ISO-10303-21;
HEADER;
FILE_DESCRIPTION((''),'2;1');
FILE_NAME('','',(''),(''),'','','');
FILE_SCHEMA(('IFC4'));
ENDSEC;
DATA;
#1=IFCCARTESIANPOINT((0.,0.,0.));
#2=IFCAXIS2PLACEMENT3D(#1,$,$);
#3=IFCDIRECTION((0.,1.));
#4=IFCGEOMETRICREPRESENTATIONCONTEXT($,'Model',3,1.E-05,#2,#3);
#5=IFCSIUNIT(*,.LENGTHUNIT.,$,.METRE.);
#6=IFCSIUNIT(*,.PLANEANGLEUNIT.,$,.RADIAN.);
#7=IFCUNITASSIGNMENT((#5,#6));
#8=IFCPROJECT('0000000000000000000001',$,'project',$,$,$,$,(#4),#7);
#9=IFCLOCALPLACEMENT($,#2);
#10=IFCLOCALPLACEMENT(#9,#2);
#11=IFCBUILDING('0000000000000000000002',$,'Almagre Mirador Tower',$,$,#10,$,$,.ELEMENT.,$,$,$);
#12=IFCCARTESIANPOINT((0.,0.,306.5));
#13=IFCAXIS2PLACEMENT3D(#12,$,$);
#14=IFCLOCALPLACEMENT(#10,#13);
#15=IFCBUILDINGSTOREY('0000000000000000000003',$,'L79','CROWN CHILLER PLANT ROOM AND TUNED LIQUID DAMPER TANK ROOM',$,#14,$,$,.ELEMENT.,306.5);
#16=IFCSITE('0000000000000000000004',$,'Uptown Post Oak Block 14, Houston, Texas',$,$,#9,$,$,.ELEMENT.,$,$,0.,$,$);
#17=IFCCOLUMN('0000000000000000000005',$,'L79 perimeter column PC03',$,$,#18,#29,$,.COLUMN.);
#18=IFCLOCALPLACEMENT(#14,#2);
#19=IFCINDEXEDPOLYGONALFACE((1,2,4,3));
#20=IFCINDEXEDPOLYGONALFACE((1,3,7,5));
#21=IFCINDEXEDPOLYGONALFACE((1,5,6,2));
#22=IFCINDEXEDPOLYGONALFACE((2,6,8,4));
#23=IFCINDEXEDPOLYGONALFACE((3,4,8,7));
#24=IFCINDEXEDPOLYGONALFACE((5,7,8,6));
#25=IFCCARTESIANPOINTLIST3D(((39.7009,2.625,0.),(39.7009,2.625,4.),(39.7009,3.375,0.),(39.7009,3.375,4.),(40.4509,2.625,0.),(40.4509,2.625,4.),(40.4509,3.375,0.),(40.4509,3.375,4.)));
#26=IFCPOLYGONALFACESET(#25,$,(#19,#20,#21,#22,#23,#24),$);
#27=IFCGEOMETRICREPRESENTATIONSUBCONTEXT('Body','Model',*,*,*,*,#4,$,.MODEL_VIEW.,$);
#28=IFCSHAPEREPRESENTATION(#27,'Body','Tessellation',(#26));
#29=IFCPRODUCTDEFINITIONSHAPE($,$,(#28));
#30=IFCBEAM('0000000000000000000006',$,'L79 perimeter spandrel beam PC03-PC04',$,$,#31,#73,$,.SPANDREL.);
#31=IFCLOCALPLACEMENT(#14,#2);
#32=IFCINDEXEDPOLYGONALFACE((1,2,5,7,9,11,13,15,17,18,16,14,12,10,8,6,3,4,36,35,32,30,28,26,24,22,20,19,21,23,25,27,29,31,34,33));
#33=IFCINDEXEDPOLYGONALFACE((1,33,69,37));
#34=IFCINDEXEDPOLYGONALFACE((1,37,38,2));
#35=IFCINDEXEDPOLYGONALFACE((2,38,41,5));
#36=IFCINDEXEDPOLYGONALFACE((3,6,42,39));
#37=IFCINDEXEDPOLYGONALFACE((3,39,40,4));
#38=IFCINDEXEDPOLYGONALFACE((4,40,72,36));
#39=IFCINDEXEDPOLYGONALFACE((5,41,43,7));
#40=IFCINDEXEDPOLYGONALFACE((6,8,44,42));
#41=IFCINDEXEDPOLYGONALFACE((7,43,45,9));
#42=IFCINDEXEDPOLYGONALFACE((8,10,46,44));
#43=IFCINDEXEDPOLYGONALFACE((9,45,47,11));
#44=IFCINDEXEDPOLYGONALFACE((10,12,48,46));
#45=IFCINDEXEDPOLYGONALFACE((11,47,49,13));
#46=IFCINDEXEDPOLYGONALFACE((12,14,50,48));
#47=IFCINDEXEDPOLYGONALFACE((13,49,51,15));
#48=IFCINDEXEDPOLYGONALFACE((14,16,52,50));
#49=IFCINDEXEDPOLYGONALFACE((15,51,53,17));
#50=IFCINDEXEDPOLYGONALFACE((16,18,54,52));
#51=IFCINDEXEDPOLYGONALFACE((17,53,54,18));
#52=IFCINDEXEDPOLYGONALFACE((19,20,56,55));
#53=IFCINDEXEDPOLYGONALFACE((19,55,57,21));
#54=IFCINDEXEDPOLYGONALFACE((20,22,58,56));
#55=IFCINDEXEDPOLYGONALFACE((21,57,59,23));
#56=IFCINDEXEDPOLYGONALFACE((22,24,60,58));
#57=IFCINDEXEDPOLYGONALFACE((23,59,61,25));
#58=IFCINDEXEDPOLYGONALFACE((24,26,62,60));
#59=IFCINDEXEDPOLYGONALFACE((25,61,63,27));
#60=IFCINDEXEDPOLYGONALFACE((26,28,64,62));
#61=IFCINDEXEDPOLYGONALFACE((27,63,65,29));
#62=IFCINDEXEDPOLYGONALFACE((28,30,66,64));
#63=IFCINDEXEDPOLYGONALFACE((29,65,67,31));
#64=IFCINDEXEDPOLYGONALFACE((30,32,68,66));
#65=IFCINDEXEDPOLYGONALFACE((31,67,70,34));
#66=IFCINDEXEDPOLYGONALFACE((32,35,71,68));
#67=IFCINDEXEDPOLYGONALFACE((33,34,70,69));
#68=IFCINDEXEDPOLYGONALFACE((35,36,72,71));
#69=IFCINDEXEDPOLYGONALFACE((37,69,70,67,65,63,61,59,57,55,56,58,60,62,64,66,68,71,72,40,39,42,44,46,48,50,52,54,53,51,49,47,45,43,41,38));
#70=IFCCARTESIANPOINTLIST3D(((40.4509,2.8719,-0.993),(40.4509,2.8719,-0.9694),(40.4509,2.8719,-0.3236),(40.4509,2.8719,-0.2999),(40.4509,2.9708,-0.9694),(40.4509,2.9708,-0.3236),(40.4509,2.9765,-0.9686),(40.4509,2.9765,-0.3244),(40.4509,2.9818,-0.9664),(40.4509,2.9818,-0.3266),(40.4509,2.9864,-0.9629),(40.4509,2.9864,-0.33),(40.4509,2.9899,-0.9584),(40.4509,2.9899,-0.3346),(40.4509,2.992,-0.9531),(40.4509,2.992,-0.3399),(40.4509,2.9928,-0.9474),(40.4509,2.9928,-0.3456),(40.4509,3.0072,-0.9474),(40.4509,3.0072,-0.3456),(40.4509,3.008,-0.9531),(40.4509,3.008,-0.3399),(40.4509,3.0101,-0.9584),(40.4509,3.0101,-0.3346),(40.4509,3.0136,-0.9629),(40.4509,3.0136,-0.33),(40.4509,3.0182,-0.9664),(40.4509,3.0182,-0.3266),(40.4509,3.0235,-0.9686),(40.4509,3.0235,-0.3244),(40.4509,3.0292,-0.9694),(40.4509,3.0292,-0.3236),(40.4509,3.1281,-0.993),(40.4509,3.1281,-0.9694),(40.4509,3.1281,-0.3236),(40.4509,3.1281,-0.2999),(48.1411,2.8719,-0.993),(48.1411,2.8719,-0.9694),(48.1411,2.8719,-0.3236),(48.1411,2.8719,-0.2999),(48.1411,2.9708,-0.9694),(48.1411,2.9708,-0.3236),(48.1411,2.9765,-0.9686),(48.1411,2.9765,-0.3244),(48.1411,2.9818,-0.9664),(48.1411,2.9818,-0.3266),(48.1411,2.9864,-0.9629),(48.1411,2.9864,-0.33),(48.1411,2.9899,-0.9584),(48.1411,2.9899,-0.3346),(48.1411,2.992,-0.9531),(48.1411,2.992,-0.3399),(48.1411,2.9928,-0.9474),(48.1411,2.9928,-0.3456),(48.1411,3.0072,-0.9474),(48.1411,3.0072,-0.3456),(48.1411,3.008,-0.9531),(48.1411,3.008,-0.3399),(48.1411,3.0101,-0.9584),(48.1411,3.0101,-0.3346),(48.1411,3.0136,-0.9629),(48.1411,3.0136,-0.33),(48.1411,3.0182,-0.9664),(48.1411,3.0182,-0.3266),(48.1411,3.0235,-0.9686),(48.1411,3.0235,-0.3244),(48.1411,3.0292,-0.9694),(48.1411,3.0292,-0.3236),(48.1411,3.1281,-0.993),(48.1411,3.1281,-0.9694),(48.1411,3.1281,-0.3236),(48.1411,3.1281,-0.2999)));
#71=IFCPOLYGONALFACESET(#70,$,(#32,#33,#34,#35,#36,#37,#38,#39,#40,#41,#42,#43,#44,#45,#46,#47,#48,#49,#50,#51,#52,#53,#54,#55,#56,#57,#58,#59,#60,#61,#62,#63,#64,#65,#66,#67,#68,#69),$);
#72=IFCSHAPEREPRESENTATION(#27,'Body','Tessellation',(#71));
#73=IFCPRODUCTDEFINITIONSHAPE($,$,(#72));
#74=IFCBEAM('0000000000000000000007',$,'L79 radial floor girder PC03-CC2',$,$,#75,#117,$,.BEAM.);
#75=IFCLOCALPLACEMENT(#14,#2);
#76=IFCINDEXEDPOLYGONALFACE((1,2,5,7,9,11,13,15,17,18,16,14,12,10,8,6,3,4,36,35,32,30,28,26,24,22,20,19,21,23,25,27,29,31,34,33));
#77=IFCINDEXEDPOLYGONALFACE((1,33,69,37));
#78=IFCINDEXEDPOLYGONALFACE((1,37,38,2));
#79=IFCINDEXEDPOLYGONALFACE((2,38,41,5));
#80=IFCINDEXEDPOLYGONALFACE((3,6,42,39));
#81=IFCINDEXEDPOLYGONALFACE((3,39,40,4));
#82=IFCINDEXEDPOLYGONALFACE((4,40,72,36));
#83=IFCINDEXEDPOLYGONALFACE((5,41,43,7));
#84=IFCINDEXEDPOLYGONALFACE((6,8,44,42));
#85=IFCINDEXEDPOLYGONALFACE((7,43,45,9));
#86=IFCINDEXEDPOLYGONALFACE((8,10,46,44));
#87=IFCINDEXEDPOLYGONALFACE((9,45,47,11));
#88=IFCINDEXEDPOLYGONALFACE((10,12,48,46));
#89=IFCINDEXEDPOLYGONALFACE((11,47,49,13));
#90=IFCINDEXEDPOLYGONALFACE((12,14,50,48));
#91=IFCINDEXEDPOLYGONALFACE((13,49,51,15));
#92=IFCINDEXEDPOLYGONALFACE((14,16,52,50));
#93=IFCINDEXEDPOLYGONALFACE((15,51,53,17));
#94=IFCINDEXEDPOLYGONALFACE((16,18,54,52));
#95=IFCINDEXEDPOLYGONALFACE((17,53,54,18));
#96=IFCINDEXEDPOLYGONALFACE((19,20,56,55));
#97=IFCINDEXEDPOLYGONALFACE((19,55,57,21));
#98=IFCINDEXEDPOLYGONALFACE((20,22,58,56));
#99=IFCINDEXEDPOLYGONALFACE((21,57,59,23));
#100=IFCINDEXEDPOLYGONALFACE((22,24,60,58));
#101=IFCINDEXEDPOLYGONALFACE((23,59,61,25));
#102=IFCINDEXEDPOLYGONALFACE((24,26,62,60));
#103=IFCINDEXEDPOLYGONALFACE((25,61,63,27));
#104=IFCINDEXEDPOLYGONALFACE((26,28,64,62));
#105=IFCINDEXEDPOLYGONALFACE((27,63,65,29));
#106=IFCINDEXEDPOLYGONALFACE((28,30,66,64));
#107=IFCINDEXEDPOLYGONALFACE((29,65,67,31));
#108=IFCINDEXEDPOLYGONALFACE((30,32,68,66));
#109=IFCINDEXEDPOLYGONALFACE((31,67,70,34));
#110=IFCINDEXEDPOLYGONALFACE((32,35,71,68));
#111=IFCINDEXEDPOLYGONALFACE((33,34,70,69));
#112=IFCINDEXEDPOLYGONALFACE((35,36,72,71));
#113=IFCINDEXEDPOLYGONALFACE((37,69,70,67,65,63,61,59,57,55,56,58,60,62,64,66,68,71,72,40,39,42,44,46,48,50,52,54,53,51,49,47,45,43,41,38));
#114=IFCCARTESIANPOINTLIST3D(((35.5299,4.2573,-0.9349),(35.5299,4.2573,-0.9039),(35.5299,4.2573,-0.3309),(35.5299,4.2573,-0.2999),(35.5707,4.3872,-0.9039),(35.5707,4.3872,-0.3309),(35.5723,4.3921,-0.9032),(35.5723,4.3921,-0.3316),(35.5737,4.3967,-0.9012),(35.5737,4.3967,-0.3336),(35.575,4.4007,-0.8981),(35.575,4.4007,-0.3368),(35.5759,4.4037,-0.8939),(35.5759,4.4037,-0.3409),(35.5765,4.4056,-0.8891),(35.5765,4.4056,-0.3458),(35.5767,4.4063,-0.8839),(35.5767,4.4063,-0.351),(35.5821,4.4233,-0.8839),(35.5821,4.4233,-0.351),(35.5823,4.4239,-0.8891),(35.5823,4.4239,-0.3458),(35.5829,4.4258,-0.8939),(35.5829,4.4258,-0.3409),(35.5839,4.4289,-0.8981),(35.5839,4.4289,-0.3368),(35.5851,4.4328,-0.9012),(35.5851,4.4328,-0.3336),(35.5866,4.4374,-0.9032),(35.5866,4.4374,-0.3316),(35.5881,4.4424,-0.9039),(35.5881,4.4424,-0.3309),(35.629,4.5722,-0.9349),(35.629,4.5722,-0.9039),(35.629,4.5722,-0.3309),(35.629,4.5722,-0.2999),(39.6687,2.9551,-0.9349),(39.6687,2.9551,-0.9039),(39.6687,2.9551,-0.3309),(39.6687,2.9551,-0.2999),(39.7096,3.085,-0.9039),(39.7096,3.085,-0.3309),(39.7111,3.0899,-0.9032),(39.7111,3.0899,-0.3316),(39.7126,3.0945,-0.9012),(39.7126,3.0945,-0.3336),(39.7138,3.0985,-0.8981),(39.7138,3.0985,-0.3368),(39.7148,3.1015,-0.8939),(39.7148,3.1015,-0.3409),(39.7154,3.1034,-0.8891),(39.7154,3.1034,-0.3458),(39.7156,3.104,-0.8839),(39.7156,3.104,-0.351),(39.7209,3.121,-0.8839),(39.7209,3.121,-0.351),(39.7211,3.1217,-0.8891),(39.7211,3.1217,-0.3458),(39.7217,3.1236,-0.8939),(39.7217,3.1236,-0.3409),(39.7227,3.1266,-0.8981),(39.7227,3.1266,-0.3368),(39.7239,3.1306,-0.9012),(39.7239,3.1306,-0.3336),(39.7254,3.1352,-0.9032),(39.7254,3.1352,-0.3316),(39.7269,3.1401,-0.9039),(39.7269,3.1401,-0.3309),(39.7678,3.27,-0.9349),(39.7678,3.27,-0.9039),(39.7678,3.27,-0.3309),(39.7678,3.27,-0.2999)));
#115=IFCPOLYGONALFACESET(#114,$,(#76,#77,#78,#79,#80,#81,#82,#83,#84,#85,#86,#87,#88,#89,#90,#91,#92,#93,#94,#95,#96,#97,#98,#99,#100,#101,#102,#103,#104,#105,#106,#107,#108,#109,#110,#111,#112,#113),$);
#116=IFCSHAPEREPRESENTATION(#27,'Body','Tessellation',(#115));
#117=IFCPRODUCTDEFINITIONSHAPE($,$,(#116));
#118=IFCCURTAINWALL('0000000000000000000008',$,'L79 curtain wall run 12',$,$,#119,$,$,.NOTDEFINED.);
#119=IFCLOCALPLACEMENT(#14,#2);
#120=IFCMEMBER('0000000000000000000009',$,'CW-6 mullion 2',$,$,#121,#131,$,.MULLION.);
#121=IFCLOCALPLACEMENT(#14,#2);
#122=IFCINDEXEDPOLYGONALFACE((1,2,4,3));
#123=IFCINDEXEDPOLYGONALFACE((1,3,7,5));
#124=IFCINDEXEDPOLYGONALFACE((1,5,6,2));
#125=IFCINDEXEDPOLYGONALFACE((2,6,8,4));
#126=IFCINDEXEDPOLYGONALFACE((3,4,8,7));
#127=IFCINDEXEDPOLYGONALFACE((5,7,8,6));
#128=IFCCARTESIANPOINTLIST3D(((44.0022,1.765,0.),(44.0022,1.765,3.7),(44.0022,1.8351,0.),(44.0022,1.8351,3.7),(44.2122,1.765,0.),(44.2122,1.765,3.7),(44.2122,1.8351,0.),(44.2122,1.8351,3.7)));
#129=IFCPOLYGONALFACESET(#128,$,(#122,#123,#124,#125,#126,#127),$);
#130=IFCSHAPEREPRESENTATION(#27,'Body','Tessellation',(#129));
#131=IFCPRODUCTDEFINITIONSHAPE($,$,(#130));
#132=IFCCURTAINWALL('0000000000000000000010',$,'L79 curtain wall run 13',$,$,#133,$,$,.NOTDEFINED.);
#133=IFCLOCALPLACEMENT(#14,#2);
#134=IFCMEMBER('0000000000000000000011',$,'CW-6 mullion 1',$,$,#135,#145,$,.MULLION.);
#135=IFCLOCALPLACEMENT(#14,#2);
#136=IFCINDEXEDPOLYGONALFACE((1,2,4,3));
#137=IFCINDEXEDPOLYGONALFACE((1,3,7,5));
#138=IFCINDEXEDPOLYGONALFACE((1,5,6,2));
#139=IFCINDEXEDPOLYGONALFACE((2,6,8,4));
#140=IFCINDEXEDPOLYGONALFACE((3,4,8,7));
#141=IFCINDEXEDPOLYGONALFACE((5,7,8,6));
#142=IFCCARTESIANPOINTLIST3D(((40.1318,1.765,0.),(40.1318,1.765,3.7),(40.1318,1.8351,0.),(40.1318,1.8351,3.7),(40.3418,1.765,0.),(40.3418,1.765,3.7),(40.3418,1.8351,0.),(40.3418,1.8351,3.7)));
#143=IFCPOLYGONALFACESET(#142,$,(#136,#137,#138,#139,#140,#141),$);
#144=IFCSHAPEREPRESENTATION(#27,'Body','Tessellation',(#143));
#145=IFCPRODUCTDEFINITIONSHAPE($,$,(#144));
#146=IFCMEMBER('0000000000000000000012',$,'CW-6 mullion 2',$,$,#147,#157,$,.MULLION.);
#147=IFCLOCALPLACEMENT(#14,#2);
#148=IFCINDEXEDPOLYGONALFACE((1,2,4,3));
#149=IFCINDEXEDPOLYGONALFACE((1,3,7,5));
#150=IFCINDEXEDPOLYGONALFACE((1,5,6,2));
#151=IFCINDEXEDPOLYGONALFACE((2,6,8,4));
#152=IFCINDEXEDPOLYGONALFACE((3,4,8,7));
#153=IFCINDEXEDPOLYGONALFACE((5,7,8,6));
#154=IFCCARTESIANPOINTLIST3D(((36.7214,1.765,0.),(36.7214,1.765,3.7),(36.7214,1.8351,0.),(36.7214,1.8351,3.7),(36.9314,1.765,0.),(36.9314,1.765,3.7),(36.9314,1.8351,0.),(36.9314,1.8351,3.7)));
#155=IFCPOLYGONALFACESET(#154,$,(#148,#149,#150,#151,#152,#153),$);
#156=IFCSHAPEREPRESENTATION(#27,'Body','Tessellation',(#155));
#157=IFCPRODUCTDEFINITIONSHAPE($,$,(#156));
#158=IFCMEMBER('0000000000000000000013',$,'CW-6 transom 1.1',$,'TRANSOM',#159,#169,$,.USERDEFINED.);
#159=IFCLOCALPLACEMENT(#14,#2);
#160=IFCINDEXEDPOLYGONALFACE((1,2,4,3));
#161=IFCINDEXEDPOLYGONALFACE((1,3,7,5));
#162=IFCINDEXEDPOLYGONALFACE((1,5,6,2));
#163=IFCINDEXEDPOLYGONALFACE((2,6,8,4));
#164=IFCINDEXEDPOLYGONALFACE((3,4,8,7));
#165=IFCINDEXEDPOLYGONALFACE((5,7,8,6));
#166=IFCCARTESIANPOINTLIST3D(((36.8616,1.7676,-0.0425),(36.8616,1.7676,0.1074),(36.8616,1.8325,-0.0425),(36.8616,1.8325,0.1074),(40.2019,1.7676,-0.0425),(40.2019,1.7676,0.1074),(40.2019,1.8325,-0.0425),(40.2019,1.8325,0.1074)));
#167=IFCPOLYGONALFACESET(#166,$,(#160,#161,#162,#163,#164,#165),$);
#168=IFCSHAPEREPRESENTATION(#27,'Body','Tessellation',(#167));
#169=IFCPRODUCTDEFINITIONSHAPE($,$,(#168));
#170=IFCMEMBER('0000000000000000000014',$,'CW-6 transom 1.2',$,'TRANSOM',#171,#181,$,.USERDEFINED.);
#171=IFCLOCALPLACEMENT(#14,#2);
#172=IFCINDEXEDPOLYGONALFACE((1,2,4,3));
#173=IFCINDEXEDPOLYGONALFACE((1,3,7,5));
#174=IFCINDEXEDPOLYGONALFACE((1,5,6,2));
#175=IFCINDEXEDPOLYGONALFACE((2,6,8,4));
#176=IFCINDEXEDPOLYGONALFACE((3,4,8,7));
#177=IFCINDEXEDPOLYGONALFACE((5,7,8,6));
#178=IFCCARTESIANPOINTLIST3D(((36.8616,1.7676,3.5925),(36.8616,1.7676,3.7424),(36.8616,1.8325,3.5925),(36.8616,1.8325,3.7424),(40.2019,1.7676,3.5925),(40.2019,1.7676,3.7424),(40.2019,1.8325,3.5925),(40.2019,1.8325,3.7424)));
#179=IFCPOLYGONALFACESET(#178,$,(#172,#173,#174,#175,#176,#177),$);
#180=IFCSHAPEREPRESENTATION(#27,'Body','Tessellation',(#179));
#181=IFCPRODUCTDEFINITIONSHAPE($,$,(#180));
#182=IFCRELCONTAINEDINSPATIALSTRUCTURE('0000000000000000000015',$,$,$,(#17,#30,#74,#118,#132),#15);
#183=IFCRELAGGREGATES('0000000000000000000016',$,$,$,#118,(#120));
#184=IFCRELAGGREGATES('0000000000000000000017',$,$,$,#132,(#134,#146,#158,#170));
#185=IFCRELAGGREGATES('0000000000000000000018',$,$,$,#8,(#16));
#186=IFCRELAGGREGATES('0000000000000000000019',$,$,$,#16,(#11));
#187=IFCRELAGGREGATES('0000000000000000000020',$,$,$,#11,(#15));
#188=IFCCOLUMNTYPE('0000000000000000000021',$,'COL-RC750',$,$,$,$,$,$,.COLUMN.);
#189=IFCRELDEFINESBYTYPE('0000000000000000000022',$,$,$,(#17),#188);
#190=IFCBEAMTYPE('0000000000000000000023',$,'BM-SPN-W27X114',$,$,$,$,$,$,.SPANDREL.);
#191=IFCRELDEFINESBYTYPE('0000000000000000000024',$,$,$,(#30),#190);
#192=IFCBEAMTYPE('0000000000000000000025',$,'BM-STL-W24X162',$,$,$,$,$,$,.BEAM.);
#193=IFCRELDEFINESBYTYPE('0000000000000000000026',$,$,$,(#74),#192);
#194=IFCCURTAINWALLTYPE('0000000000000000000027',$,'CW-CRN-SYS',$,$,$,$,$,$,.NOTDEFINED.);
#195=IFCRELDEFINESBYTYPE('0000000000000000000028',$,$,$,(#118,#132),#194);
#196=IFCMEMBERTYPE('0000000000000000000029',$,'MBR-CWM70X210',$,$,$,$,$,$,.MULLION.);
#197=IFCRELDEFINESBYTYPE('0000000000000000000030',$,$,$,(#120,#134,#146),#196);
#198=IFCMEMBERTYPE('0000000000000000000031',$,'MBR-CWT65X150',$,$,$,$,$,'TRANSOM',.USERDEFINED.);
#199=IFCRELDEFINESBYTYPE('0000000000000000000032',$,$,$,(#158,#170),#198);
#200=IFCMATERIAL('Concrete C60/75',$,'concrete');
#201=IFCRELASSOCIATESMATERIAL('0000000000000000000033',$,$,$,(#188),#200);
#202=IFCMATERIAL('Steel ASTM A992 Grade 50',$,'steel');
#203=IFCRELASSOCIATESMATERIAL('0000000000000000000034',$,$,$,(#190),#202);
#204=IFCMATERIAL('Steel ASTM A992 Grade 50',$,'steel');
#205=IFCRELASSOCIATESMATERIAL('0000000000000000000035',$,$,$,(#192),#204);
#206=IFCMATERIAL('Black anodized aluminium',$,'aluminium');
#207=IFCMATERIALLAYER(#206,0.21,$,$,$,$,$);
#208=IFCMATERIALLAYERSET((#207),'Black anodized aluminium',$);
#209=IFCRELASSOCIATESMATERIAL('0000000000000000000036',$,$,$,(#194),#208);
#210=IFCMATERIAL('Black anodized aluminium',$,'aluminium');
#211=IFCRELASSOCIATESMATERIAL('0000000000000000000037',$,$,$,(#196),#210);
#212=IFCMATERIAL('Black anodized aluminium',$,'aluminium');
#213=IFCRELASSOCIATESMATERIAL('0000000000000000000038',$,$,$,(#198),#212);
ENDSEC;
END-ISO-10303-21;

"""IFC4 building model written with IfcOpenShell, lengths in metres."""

from ifc_helpers import new_model, si_unit, direction, frame, origin, origin_2d, place, context, subcontext, project, spatial, rectangle, i_section, extrude, material, layer, layer_set, material_profile, profile_set, type_object, element, aggregate, save


model = new_model("IFC4")

# Units and contexts
model_context = context("Model", 3, precision=1e-05, world=origin(), true_north=direction((0.0, 1.0)))
body_context = subcontext(model_context, "Body", "Model", "MODEL_VIEW")
ifc_project = project(units=[si_unit("LENGTHUNIT", "METRE"), si_unit("PLANEANGLEUNIT", "RADIAN")], contexts=[model_context])

# Site, building, storey
site_placement = place(None, origin())
site = spatial("IfcSite", under=ifc_project, at=site_placement, Name="Uptown Post Oak Block 14, Houston, Texas", CompositionType="ELEMENT", RefElevation=0.0)
building_placement = place(site_placement, origin())
building = spatial("IfcBuilding", under=site, at=building_placement, Name="Almagre Mirador Tower", CompositionType="ELEMENT")
storey_placement = place(building_placement, frame((0.0, 0.0, 306.5)))
storey = spatial("IfcBuildingStorey", under=building, at=storey_placement, Name="L79", Description="CROWN CHILLER PLANT ROOM AND TUNED LIQUID DAMPER TANK ROOM", CompositionType="ELEMENT", Elevation=306.5)

# Column
ifc_material_1 = material(Name="Concrete C60/75", Category="concrete")
ifc_material_profile_1 = material_profile(ifc_material_1, rectangle(XDim=0.75, YDim=0.75, at=origin_2d()), Name="RC750X750")
ifc_profile_set_1 = profile_set([ifc_material_profile_1], Name="Concrete C60/75")
column_type = type_object("IfcColumnType", Name="COL-RC750", PredefinedType="COLUMN", material=ifc_profile_set_1)
column_placement = place(storey_placement, frame((40.0759, 3.0, 0.0), z_axis=(0.0, 0.0, 1.0), x_axis=(1.0, 0.0, 0.0)))
element("IfcColumn", 1, at=column_placement, inside=storey, type_object=column_type, Name="L79 perimeter column PC03", PredefinedType="COLUMN", context=body_context, shape_type="SweptSolid", body=[
    extrude(rectangle(XDim=0.75, YDim=0.75, at=origin_2d()), origin(), (0.0, 0.0, 1.0), 4.0),
])

# Beams
ifc_material_2 = material(Name="Steel ASTM A992 Grade 50", Category="steel")
ifc_material_profile_2 = material_profile(ifc_material_2, i_section(OverallWidth=0.2561, OverallDepth=0.6931, WebThickness=0.0144, FlangeThickness=0.0237, FilletRadius=0.022, at=origin_2d()), Name="W27X114")
ifc_profile_set_2 = profile_set([ifc_material_profile_2], Name="Steel ASTM A992 Grade 50")
beam_type_1 = type_object("IfcBeamType", Name="BM-SPN-W27X114", PredefinedType="SPANDREL", material=ifc_profile_set_2)
beam_1_placement = place(storey_placement, frame((40.4509, 3.0, -0.6465), z_axis=(1.0, 0.0, 0.0), x_axis=(0.0, 1.0, 0.0)))
element("IfcBeam", 2, at=beam_1_placement, inside=storey, type_object=beam_type_1, Name="L79 perimeter spandrel beam PC03-PC04", PredefinedType="SPANDREL", context=body_context, shape_type="SweptSolid", body=[
    extrude(i_section(OverallWidth=0.2561, OverallDepth=0.6931, WebThickness=0.0144, FlangeThickness=0.0237, FilletRadius=0.022, at=origin_2d()), origin(), (0.0, 0.0, 1.0), 7.6902),
])
ifc_material_3 = material(Name="Steel ASTM A992 Grade 50", Category="steel")
ifc_material_profile_3 = material_profile(ifc_material_3, i_section(OverallWidth=0.3301, OverallDepth=0.635, WebThickness=0.0178, FlangeThickness=0.031, FilletRadius=0.02, at=origin_2d()), Name="W24X162")
ifc_profile_set_3 = profile_set([ifc_material_profile_3], Name="Steel ASTM A992 Grade 50")
beam_type_2 = type_object("IfcBeamType", Name="BM-STL-W24X162", PredefinedType="BEAM", material=ifc_profile_set_3)
beam_2_placement = place(storey_placement, frame((39.7183, 3.1125, -0.6174), z_axis=(-0.953898, 0.300129, 0.0), x_axis=(-0.300129, -0.953898, 0.0)))
element("IfcBeam", 3, at=beam_2_placement, inside=storey, type_object=beam_type_2, Name="L79 radial floor girder PC03-CC2", PredefinedType="BEAM", context=body_context, shape_type="SweptSolid", body=[
    extrude(i_section(OverallWidth=0.3301, OverallDepth=0.635, WebThickness=0.0178, FlangeThickness=0.031, FilletRadius=0.02, at=origin_2d()), origin(), (0.0, 0.0, 1.0), 4.3389),
])

# Curtain wall, member
ifc_material_4 = material(Name="Black anodized aluminium", Category="aluminium")
ifc_layer_1 = layer(ifc_material_4, 0.21)
ifc_layer_set_1 = layer_set([ifc_layer_1], Name="Black anodized aluminium")
curtain_wall_type = type_object("IfcCurtainWallType", Name="CW-CRN-SYS", PredefinedType="NOTDEFINED", material=ifc_layer_set_1)
curtain_wall_1_placement = place(storey_placement, origin())
curtain_wall_1 = element("IfcCurtainWall", 4, at=curtain_wall_1_placement, inside=storey, type_object=curtain_wall_type, Name="L79 curtain wall run 12", PredefinedType="NOTDEFINED")
ifc_material_5 = material(Name="Black anodized aluminium", Category="aluminium")
ifc_material_profile_4 = material_profile(ifc_material_5, rectangle(XDim=0.0701, YDim=0.21, at=origin_2d()), Name="CWM70X210")
ifc_profile_set_4 = profile_set([ifc_material_profile_4], Name="Black anodized aluminium")
member_type_1 = type_object("IfcMemberType", Name="MBR-CWM70X210", PredefinedType="MULLION", material=ifc_profile_set_4)
member_1_placement = place(storey_placement, frame((44.1072, 1.8, 0.0), z_axis=(0.0, 0.0, 1.0), x_axis=(0.0, -1.0, 0.0)))
member_1 = element("IfcMember", 5, at=member_1_placement, type_object=member_type_1, Name="CW-6 mullion 2", PredefinedType="MULLION", context=body_context, shape_type="SweptSolid", body=[
    extrude(rectangle(XDim=0.0701, YDim=0.21, at=origin_2d()), origin(), (0.0, 0.0, 1.0), 3.7),
])
aggregate(curtain_wall_1, [member_1])

# Curtain wall, members
curtain_wall_2_placement = place(storey_placement, origin())
curtain_wall_2 = element("IfcCurtainWall", 6, at=curtain_wall_2_placement, inside=storey, type_object=curtain_wall_type, Name="L79 curtain wall run 13", PredefinedType="NOTDEFINED")
member_2_placement = place(storey_placement, frame((40.2368, 1.8, 0.0), z_axis=(0.0, 0.0, 1.0), x_axis=(0.0, -1.0, 0.0)))
member_2 = element("IfcMember", 7, at=member_2_placement, type_object=member_type_1, Name="CW-6 mullion 1", PredefinedType="MULLION", context=body_context, shape_type="SweptSolid", body=[
    extrude(rectangle(XDim=0.0701, YDim=0.21, at=origin_2d()), origin(), (0.0, 0.0, 1.0), 3.7),
])
member_3_placement = place(storey_placement, frame((36.8264, 1.8, 0.0), z_axis=(0.0, 0.0, 1.0), x_axis=(0.0, -1.0, 0.0)))
member_3 = element("IfcMember", 8, at=member_3_placement, type_object=member_type_1, Name="CW-6 mullion 2", PredefinedType="MULLION", context=body_context, shape_type="SweptSolid", body=[
    extrude(rectangle(XDim=0.0701, YDim=0.21, at=origin_2d()), origin(), (0.0, 0.0, 1.0), 3.7),
])
ifc_material_6 = material(Name="Black anodized aluminium", Category="aluminium")
ifc_material_profile_5 = material_profile(ifc_material_6, rectangle(XDim=0.0649, YDim=0.1499, at=origin_2d()), Name="CWT65X150")
ifc_profile_set_5 = profile_set([ifc_material_profile_5], Name="Black anodized aluminium")
member_type_2 = type_object("IfcMemberType", Name="MBR-CWT65X150", ElementType="TRANSOM", PredefinedType="USERDEFINED", material=ifc_profile_set_5)
member_4_placement = place(storey_placement, frame((40.2019, 1.8, 0.0325), z_axis=(-1.0, 0.0, 0.0), x_axis=(0.0, -1.0, 0.0)))
member_4 = element("IfcMember", 9, at=member_4_placement, type_object=member_type_2, Name="CW-6 transom 1.1", ObjectType="TRANSOM", PredefinedType="USERDEFINED", context=body_context, shape_type="SweptSolid", body=[
    extrude(rectangle(XDim=0.0649, YDim=0.1499, at=origin_2d()), origin(), (0.0, 0.0, 1.0), 3.3403),
])
member_5_placement = place(storey_placement, frame((40.2019, 1.8, 3.6675), z_axis=(-1.0, 0.0, 0.0), x_axis=(0.0, -1.0, 0.0)))
member_5 = element("IfcMember", 10, at=member_5_placement, type_object=member_type_2, Name="CW-6 transom 1.2", ObjectType="TRANSOM", PredefinedType="USERDEFINED", context=body_context, shape_type="SweptSolid", body=[
    extrude(rectangle(XDim=0.0649, YDim=0.1499, at=origin_2d()), origin(), (0.0, 0.0, 1.0), 3.3403),
])
aggregate(curtain_wall_2, [member_2, member_3, member_4, member_5])

save(model, "model.ifc")
